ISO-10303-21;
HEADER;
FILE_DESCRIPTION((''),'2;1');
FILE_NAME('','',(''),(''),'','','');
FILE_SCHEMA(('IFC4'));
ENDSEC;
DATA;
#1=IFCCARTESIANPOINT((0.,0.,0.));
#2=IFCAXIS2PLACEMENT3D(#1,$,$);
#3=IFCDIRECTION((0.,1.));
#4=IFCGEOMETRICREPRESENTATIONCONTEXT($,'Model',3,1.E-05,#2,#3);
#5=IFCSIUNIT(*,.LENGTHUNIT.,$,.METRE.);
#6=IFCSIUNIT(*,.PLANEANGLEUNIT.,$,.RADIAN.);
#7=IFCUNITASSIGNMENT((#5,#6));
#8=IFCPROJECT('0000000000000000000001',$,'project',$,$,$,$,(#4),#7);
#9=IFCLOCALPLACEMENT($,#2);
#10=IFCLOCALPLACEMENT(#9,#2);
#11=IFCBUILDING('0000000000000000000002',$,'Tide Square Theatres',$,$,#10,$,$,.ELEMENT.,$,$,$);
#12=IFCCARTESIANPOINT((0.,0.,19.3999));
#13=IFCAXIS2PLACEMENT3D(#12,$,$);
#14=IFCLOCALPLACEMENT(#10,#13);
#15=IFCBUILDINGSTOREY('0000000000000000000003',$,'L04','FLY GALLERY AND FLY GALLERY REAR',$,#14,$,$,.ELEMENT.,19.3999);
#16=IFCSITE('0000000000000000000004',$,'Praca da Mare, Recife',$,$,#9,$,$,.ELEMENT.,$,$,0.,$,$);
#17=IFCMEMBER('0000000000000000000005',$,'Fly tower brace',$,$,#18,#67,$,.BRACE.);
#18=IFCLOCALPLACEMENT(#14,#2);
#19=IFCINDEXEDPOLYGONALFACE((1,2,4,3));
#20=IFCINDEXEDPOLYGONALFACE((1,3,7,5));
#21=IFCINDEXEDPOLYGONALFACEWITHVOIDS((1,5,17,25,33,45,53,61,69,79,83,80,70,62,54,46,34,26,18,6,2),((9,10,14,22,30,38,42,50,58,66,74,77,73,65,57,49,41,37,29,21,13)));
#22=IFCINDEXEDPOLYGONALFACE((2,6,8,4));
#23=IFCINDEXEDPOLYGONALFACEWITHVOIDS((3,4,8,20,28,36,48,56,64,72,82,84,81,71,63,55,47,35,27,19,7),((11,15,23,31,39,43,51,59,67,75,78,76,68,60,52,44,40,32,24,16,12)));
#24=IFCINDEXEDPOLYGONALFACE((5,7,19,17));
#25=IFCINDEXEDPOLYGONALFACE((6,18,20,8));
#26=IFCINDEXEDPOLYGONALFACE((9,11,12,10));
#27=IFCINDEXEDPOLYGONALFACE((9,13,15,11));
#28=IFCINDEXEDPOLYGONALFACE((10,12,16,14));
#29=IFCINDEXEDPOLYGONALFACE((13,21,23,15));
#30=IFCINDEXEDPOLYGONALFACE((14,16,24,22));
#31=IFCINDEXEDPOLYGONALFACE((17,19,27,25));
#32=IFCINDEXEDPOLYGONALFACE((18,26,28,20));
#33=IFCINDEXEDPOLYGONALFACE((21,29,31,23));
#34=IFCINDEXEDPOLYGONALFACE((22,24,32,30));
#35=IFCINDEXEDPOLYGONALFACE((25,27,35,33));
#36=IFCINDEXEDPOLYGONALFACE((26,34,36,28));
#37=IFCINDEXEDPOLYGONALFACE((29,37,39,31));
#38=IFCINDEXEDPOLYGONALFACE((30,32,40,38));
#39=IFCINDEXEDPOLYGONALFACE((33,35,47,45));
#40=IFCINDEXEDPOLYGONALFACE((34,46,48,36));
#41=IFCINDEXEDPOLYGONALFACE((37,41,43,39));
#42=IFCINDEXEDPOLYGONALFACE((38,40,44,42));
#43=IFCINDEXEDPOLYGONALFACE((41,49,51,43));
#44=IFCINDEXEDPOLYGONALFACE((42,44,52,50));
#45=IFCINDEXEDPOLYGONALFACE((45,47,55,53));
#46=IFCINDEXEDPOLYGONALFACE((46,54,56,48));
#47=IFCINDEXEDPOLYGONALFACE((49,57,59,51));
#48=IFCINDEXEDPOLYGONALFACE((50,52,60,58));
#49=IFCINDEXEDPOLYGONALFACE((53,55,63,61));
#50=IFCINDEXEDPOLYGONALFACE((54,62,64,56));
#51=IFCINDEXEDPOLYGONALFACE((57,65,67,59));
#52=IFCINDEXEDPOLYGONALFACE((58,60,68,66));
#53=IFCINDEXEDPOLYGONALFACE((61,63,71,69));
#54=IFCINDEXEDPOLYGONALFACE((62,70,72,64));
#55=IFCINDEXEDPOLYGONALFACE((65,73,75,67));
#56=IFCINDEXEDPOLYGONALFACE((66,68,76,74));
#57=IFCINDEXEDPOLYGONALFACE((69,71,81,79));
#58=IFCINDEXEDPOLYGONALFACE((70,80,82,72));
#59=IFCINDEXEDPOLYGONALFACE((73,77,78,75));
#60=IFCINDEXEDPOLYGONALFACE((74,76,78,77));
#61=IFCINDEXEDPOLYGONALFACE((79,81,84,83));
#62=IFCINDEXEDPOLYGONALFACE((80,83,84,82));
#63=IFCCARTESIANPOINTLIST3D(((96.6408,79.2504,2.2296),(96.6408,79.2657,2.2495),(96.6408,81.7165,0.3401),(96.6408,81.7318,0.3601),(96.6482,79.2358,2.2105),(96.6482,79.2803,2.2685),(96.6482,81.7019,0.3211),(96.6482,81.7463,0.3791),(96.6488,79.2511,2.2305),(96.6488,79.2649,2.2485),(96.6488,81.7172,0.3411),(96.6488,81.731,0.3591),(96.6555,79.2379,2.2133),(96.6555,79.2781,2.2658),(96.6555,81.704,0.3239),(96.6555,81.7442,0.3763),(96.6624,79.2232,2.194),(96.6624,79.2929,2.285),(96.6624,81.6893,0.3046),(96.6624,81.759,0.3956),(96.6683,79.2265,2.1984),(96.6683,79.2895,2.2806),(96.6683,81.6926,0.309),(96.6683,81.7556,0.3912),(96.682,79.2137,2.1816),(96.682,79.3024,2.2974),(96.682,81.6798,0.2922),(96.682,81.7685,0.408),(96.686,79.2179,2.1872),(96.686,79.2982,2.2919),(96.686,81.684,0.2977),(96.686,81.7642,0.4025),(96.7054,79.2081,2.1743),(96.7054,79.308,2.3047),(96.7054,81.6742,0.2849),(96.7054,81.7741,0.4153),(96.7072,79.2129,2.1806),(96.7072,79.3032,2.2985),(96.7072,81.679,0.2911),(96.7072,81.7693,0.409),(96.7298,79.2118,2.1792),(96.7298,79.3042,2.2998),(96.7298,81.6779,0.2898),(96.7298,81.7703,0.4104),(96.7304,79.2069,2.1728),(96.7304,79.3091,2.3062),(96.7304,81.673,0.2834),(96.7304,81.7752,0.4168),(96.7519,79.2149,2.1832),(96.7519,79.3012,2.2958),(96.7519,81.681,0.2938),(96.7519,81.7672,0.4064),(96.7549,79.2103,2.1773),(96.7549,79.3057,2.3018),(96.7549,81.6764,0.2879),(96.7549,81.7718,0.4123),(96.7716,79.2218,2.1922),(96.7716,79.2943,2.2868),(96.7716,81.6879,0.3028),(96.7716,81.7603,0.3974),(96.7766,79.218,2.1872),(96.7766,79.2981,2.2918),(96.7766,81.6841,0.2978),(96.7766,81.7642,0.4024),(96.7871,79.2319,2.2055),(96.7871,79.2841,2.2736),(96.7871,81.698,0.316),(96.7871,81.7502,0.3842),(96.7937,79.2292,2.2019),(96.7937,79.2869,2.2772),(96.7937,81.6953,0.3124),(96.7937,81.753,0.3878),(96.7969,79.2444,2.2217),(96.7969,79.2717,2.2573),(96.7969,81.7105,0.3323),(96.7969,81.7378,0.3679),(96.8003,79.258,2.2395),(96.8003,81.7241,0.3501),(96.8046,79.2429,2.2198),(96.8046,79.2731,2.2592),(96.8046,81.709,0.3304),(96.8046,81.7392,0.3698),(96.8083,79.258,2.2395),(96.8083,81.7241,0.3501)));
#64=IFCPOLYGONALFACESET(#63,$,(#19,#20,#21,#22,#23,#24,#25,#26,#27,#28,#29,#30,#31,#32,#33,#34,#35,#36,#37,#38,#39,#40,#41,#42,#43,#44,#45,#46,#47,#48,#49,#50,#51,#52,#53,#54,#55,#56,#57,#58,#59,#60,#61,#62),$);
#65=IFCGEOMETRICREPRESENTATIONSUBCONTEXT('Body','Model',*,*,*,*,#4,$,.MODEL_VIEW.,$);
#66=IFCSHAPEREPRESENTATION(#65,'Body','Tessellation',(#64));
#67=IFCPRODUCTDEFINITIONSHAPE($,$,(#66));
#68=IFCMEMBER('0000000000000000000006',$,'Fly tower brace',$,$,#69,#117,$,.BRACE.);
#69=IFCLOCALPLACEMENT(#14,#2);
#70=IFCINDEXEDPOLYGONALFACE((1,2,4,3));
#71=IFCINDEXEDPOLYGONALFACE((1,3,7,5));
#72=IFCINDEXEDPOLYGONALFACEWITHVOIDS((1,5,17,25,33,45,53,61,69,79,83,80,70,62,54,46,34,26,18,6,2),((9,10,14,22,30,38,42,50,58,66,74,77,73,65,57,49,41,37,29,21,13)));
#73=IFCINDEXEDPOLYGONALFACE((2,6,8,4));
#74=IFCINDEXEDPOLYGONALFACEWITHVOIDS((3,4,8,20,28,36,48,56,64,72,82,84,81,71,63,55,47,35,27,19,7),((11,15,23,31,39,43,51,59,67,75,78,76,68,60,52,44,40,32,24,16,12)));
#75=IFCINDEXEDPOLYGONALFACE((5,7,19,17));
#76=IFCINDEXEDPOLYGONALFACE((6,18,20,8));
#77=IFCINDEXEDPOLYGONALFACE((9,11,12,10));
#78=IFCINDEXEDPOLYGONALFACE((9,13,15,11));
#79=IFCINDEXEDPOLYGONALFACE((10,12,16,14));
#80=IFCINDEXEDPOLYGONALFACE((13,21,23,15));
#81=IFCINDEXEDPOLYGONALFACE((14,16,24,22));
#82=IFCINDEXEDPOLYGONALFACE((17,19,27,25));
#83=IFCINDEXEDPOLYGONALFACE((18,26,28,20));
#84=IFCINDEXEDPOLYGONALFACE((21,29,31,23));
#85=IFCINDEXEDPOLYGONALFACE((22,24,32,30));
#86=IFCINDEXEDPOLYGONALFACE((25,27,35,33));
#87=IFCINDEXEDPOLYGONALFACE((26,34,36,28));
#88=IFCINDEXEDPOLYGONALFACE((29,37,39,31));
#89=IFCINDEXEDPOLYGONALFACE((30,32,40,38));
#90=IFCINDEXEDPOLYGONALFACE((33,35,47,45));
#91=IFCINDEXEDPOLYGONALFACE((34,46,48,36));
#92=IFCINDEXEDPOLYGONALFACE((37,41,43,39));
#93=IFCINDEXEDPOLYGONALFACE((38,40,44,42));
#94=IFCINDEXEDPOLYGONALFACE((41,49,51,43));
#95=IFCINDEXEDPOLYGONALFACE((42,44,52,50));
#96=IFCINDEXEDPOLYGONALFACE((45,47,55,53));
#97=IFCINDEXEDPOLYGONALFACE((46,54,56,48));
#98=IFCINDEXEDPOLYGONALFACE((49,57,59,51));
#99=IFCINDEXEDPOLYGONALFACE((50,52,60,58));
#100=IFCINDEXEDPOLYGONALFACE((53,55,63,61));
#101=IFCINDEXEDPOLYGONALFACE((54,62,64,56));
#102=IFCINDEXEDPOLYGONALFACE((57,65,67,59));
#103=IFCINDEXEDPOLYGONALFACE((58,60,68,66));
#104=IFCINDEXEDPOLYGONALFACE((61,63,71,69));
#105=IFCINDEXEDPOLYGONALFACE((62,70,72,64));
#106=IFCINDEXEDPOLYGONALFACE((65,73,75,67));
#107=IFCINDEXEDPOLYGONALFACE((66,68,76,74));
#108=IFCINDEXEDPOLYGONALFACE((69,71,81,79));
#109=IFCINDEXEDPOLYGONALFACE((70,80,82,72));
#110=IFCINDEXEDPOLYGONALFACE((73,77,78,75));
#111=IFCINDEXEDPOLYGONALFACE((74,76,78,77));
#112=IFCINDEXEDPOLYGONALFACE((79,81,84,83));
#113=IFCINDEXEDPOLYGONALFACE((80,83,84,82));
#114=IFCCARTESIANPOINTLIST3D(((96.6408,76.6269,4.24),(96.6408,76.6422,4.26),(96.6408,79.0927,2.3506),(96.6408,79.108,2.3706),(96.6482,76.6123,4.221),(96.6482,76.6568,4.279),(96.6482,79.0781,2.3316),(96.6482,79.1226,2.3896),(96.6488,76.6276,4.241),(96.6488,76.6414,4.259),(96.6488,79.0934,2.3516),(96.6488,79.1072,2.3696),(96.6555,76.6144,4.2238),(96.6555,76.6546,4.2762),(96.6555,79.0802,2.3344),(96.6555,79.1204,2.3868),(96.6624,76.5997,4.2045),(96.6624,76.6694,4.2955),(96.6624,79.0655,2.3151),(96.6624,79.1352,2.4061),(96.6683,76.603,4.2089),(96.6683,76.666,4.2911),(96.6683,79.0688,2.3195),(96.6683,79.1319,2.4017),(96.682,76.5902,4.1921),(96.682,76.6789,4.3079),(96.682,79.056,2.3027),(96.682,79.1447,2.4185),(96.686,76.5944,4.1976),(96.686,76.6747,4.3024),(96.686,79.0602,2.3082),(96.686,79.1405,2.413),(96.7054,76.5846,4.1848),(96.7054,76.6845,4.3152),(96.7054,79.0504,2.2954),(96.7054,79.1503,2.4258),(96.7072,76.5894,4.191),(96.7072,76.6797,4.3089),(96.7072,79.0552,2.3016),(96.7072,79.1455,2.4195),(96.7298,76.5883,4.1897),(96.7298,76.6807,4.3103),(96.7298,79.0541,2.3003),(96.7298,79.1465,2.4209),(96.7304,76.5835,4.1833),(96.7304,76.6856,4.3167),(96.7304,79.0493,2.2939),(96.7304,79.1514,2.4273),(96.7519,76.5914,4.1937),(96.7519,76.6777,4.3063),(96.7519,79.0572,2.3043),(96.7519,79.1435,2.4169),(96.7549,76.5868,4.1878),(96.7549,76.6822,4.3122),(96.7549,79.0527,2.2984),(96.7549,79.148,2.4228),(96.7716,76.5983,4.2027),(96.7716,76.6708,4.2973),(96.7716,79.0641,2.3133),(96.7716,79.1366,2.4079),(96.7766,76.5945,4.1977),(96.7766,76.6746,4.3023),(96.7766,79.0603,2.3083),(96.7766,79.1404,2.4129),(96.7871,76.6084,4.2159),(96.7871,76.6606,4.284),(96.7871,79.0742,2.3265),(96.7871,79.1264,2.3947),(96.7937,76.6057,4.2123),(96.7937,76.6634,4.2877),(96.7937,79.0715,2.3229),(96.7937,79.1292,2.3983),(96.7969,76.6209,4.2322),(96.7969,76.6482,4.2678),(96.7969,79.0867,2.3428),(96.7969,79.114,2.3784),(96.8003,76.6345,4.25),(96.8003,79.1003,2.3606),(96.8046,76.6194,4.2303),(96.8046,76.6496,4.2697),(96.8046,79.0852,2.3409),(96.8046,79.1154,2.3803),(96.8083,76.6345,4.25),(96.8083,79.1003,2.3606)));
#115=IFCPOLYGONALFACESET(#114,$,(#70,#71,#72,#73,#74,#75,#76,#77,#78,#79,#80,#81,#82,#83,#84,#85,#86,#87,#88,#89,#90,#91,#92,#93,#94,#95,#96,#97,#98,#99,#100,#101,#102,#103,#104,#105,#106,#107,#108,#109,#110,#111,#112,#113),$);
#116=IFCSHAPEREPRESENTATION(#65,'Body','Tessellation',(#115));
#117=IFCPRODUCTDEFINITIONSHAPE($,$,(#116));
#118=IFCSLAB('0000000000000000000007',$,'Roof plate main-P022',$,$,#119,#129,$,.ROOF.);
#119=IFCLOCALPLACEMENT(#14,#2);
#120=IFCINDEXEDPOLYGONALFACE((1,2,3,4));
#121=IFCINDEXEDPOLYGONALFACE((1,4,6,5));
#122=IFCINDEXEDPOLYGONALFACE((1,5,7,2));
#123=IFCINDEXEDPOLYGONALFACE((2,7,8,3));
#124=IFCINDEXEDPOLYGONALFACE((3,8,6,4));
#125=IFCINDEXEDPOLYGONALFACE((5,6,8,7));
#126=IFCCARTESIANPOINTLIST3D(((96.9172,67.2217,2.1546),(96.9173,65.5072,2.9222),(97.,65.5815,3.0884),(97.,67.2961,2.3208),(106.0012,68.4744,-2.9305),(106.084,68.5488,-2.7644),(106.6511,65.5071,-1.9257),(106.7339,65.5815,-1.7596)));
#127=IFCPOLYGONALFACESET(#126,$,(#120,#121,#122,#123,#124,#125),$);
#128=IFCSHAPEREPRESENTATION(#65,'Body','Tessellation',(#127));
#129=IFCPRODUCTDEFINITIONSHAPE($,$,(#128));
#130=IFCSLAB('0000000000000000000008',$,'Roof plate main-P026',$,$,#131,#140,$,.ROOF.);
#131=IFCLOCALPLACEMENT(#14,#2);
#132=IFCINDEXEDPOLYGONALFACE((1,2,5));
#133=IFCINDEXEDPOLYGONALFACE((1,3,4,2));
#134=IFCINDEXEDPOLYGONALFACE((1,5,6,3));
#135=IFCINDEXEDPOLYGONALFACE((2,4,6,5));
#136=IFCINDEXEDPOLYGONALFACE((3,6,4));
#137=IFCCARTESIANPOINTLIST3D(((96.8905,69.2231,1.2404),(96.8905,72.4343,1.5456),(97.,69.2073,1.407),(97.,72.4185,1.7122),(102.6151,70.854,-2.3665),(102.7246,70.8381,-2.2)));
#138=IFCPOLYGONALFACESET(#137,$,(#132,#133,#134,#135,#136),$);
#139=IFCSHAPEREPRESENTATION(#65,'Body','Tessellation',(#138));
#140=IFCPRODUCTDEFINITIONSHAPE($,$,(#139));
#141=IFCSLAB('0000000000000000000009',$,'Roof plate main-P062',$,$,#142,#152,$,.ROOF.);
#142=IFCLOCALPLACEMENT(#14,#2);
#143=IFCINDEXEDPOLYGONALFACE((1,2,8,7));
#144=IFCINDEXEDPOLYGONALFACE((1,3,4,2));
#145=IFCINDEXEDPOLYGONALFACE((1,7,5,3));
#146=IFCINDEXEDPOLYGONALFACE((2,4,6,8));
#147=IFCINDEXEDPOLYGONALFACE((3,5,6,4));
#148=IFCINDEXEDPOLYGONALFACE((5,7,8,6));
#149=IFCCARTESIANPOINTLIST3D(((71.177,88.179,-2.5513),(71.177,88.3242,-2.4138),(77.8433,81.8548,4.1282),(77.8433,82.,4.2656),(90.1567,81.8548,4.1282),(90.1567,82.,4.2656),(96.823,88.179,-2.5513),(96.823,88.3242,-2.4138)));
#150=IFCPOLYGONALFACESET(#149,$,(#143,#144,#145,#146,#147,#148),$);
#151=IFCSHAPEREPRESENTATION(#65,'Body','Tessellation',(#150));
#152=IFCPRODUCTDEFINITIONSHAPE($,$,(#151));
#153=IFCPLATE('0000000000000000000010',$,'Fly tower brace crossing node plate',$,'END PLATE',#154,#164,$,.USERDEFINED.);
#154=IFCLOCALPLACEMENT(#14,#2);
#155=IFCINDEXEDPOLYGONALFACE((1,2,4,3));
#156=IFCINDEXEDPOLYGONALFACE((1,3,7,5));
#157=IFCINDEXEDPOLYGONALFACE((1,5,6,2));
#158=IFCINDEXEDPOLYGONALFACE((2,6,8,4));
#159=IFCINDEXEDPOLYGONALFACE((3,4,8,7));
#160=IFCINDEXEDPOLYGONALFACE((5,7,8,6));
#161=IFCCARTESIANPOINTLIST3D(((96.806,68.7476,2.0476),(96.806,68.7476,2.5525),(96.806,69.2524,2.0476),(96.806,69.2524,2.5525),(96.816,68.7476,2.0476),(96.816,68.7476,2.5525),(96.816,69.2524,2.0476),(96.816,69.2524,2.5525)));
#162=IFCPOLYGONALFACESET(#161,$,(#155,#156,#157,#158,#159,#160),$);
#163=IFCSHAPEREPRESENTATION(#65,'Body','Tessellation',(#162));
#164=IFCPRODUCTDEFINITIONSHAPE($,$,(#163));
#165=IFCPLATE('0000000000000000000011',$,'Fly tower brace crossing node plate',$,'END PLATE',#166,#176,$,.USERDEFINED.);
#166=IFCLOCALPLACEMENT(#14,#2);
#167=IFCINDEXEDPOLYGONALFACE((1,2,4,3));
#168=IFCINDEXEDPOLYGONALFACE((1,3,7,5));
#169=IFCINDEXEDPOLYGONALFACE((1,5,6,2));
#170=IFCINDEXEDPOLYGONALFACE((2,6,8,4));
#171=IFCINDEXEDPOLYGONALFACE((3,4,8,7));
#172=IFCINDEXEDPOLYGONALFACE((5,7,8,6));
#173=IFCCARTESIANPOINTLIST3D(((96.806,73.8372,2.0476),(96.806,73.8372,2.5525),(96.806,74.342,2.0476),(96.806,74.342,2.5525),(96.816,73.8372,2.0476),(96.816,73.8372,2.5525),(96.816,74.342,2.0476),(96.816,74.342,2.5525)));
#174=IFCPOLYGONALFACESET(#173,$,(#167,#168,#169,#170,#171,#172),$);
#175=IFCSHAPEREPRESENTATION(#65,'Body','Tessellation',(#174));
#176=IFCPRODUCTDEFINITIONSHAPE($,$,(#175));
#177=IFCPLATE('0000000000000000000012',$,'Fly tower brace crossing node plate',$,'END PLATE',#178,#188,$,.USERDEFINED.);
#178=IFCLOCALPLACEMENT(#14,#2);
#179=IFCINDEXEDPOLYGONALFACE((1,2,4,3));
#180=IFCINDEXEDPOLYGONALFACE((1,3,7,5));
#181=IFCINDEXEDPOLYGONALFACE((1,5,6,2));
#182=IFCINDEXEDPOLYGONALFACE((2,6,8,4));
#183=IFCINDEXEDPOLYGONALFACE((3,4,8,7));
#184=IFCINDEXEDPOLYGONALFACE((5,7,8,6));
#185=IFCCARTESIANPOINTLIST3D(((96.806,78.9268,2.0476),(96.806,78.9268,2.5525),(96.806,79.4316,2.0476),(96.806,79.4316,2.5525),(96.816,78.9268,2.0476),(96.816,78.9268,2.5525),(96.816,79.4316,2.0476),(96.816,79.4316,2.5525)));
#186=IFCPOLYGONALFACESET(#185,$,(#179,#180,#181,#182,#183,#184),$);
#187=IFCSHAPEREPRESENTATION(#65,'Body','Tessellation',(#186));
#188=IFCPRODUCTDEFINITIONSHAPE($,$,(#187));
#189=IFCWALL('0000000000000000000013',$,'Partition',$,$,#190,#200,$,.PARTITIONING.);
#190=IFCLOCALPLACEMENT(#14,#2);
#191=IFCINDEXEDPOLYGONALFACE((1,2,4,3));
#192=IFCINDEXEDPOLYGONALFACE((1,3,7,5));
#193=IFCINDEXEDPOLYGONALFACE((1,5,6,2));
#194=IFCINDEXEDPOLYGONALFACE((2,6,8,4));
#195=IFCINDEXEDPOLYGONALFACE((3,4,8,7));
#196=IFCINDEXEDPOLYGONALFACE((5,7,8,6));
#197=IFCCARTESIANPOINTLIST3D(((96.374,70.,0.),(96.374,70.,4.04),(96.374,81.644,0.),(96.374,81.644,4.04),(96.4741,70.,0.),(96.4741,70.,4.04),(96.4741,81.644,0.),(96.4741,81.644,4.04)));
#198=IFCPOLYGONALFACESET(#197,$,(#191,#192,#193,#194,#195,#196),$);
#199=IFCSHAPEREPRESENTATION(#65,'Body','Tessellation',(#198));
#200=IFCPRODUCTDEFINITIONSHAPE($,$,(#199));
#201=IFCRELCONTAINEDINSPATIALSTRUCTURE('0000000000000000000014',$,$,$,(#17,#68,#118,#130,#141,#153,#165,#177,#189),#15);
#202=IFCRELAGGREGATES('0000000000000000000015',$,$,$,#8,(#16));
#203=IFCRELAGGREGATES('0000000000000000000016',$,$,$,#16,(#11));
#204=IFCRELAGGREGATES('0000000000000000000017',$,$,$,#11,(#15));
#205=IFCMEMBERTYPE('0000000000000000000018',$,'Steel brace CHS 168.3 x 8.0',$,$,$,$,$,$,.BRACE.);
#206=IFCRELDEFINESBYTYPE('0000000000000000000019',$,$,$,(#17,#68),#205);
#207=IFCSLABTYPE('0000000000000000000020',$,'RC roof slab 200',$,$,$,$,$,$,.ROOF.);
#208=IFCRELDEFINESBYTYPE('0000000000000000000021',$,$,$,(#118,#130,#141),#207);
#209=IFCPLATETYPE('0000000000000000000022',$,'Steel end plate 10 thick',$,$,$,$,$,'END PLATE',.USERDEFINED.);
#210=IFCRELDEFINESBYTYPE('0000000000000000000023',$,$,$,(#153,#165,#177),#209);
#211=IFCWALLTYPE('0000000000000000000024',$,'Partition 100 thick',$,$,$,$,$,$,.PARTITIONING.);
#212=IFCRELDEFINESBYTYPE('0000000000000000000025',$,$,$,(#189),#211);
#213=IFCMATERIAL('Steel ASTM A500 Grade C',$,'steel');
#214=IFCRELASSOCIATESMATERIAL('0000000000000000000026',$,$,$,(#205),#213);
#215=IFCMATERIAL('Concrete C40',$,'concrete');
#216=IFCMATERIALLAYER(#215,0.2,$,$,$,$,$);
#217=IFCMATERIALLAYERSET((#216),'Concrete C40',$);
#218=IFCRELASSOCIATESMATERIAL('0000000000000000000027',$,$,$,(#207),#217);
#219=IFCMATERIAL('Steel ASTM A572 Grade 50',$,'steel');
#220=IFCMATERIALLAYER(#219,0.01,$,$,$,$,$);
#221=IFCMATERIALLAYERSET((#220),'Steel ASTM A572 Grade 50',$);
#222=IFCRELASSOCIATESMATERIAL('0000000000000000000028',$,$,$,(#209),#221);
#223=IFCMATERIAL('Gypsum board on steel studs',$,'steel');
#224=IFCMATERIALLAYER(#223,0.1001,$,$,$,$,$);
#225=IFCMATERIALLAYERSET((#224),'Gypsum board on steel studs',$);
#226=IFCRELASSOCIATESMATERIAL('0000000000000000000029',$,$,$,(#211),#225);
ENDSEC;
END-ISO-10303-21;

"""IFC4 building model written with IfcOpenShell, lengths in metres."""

from ifc_helpers import new_model, si_unit, direction, frame, frame_2d, origin, origin_2d, place, context, subcontext, project, spatial, polyline, rectangle, hollow_circle, outline, extrude, material, layer, layer_set, material_profile, profile_set, type_object, element, save


model = new_model("IFC4")

# Units and contexts
model_context = context("Model", 3, precision=1e-05, world=origin(), true_north=direction((0.0, 1.0)))
body_context = subcontext(model_context, "Body", "Model", "MODEL_VIEW")
ifc_project = project(units=[si_unit("LENGTHUNIT", "METRE"), si_unit("PLANEANGLEUNIT", "RADIAN")], contexts=[model_context])

# Site, building, storey
site_placement = place(None, origin())
site = spatial("IfcSite", under=ifc_project, at=site_placement, Name="Praca da Mare, Recife", CompositionType="ELEMENT", RefElevation=0.0)
building_placement = place(site_placement, origin())
building = spatial("IfcBuilding", under=site, at=building_placement, Name="Tide Square Theatres", CompositionType="ELEMENT")
storey_placement = place(building_placement, frame((0.0, 0.0, 19.3999)))
storey = spatial("IfcBuildingStorey", under=building, at=storey_placement, Name="L04", Description="FLY GALLERY AND FLY GALLERY REAR", CompositionType="ELEMENT", Elevation=19.3999)

# Members
ifc_material_1 = material(Name="Steel ASTM A500 Grade C", Category="steel")
ifc_material_profile_1 = material_profile(ifc_material_1, hollow_circle(Radius=0.0842, WallThickness=0.0081, at=origin_2d()))
ifc_profile_set_1 = profile_set([ifc_material_profile_1], Name="Steel ASTM A500 Grade C")
member_type = type_object("IfcMemberType", Name="Steel brace CHS 168.3 x 8.0", PredefinedType="BRACE", material=ifc_profile_set_1)
member_1_placement = place(storey_placement, frame((96.7241, 81.7241, 0.3501), z_axis=(0.0, -0.7938, 0.608179), x_axis=(1.0, 0.0, 0.0)))
element("IfcMember", 1, at=member_1_placement, inside=storey, type_object=member_type, Name="Fly tower brace", PredefinedType="BRACE", context=body_context, shape_type="SweptSolid", body=[
    extrude(hollow_circle(Radius=0.0842, WallThickness=0.0081, at=origin_2d()), origin(), (0.0, 0.0, 1.0), 3.1067),
])
member_2_placement = place(storey_placement, frame((96.7241, 79.1003, 2.3606), z_axis=(0.0, -0.793771, 0.608217), x_axis=(1.0, 0.0, 0.0)))
element("IfcMember", 2, at=member_2_placement, inside=storey, type_object=member_type, Name="Fly tower brace", PredefinedType="BRACE", context=body_context, shape_type="SweptSolid", body=[
    extrude(hollow_circle(Radius=0.0842, WallThickness=0.0081, at=origin_2d()), origin(), (0.0, 0.0, 1.0), 3.1064),
])

# Slabs
ifc_material_2 = material(Name="Concrete C40", Category="concrete")
ifc_layer_1 = layer(ifc_material_2, 0.2)
ifc_layer_set_1 = layer_set([ifc_layer_1], Name="Concrete C40")
slab_type = type_object("IfcSlabType", Name="RC roof slab 200", PredefinedType="ROOF", material=ifc_layer_set_1)
slab_1_placement = place(storey_placement, frame((106.084, 68.5488, -2.7644), z_axis=(0.413823, 0.371998, 0.830884), x_axis=(-0.866334, -0.11947, 0.484967)))
element("IfcSlab", 3, at=slab_1_placement, inside=storey, type_object=slab_type, Name="Roof plate main-P022", PredefinedType="ROOF", context=body_context, shape_type="SweptSolid", body=[
    extrude(outline(polyline([(0.0, 0.0), (10.4856, 0.0), (11.0627, 1.7877), (0.2788, 3.1874), (0.0, 0.0)])), origin(), (0.0, 0.0, -1.0), 0.2),
])
slab_2_placement = place(storey_placement, frame((102.7246, 70.8381, -2.2), z_axis=(0.547458, -0.079172, 0.83308), x_axis=(-0.804981, 0.222221, 0.550112)))
element("IfcSlab", 4, at=slab_2_placement, inside=storey, type_object=slab_type, Name="Roof plate main-P026", PredefinedType="ROOF", context=body_context, shape_type="SweptSolid", body=[
    extrude(outline(polyline([(0.0, 0.0), (7.1115, 0.0), (6.23, 3.1029), (0.0, 0.0)])), origin(), (0.0, 0.0, -1.0), 0.2),
])
slab_3_placement = place(storey_placement, frame((96.823, 88.3242, -2.4138), z_axis=(0.0, 0.726152, 0.687534), x_axis=(-1.0, 0.0, 0.0)))
element("IfcSlab", 5, at=slab_3_placement, inside=storey, type_object=slab_type, Name="Roof plate main-P062", PredefinedType="ROOF", context=body_context, shape_type="SweptSolid", body=[
    extrude(outline(polyline([(0.0, 0.0), (25.646, 0.0), (18.9797, 9.1984), (6.6663, 9.1984), (0.0, 0.0)])), origin(), (0.0, 0.0, -1.0), 0.2),
])

# Plates
ifc_material_3 = material(Name="Steel ASTM A572 Grade 50", Category="steel")
ifc_layer_2 = layer(ifc_material_3, 0.01)
ifc_layer_set_2 = layer_set([ifc_layer_2], Name="Steel ASTM A572 Grade 50")
plate_type = type_object("IfcPlateType", Name="Steel end plate 10 thick", ElementType="END PLATE", PredefinedType="USERDEFINED", material=ifc_layer_set_2)
for number, where, z_axis, x_axis, name in (
    (6, (96.811, 69.0, 2.0476), (0.0, 0.0, 1.0), (1.0, 0.0, 0.0), "Fly tower brace crossing node plate"),
    (7, (96.811, 74.0896, 2.0476), (0.0, 0.0, 1.0), (1.0, 0.0, 0.0), "Fly tower brace crossing node plate"),
    (8, (96.811, 79.1792, 2.0476), (0.0, 0.0, 1.0), (1.0, 0.0, 0.0), "Fly tower brace crossing node plate"),
):
    element("IfcPlate", number, at=place(storey_placement, frame(where, z_axis=z_axis, x_axis=x_axis)), inside=storey, type_object=plate_type, Name=name, ObjectType="END PLATE", PredefinedType="USERDEFINED", context=body_context, shape_type="SweptSolid", body=[
        extrude(rectangle(XDim=0.01, YDim=0.5049, at=origin_2d()), origin(), (0.0, 0.0, 1.0), 0.5049),
    ])

# Wall
ifc_material_4 = material(Name="Gypsum board on steel studs", Category="steel")
ifc_layer_3 = layer(ifc_material_4, 0.1001)
ifc_layer_set_3 = layer_set([ifc_layer_3], Name="Gypsum board on steel studs")
wall_type = type_object("IfcWallType", Name="Partition 100 thick", PredefinedType="PARTITIONING", material=ifc_layer_set_3)
wall_placement = place(storey_placement, frame((96.4241, 70.0, 0.0), z_axis=(0.0, 0.0, 1.0), x_axis=(0.0, 1.0, 0.0)))
element("IfcWall", 9, at=wall_placement, inside=storey, type_object=wall_type, Name="Partition", PredefinedType="PARTITIONING", context=body_context, shape_type="SweptSolid", body=[
    extrude(rectangle(XDim=11.644, YDim=0.1001, at=frame_2d((5.822, 0.0))), origin(), (0.0, 0.0, 1.0), 4.04),
])

save(model, "model.ifc")
